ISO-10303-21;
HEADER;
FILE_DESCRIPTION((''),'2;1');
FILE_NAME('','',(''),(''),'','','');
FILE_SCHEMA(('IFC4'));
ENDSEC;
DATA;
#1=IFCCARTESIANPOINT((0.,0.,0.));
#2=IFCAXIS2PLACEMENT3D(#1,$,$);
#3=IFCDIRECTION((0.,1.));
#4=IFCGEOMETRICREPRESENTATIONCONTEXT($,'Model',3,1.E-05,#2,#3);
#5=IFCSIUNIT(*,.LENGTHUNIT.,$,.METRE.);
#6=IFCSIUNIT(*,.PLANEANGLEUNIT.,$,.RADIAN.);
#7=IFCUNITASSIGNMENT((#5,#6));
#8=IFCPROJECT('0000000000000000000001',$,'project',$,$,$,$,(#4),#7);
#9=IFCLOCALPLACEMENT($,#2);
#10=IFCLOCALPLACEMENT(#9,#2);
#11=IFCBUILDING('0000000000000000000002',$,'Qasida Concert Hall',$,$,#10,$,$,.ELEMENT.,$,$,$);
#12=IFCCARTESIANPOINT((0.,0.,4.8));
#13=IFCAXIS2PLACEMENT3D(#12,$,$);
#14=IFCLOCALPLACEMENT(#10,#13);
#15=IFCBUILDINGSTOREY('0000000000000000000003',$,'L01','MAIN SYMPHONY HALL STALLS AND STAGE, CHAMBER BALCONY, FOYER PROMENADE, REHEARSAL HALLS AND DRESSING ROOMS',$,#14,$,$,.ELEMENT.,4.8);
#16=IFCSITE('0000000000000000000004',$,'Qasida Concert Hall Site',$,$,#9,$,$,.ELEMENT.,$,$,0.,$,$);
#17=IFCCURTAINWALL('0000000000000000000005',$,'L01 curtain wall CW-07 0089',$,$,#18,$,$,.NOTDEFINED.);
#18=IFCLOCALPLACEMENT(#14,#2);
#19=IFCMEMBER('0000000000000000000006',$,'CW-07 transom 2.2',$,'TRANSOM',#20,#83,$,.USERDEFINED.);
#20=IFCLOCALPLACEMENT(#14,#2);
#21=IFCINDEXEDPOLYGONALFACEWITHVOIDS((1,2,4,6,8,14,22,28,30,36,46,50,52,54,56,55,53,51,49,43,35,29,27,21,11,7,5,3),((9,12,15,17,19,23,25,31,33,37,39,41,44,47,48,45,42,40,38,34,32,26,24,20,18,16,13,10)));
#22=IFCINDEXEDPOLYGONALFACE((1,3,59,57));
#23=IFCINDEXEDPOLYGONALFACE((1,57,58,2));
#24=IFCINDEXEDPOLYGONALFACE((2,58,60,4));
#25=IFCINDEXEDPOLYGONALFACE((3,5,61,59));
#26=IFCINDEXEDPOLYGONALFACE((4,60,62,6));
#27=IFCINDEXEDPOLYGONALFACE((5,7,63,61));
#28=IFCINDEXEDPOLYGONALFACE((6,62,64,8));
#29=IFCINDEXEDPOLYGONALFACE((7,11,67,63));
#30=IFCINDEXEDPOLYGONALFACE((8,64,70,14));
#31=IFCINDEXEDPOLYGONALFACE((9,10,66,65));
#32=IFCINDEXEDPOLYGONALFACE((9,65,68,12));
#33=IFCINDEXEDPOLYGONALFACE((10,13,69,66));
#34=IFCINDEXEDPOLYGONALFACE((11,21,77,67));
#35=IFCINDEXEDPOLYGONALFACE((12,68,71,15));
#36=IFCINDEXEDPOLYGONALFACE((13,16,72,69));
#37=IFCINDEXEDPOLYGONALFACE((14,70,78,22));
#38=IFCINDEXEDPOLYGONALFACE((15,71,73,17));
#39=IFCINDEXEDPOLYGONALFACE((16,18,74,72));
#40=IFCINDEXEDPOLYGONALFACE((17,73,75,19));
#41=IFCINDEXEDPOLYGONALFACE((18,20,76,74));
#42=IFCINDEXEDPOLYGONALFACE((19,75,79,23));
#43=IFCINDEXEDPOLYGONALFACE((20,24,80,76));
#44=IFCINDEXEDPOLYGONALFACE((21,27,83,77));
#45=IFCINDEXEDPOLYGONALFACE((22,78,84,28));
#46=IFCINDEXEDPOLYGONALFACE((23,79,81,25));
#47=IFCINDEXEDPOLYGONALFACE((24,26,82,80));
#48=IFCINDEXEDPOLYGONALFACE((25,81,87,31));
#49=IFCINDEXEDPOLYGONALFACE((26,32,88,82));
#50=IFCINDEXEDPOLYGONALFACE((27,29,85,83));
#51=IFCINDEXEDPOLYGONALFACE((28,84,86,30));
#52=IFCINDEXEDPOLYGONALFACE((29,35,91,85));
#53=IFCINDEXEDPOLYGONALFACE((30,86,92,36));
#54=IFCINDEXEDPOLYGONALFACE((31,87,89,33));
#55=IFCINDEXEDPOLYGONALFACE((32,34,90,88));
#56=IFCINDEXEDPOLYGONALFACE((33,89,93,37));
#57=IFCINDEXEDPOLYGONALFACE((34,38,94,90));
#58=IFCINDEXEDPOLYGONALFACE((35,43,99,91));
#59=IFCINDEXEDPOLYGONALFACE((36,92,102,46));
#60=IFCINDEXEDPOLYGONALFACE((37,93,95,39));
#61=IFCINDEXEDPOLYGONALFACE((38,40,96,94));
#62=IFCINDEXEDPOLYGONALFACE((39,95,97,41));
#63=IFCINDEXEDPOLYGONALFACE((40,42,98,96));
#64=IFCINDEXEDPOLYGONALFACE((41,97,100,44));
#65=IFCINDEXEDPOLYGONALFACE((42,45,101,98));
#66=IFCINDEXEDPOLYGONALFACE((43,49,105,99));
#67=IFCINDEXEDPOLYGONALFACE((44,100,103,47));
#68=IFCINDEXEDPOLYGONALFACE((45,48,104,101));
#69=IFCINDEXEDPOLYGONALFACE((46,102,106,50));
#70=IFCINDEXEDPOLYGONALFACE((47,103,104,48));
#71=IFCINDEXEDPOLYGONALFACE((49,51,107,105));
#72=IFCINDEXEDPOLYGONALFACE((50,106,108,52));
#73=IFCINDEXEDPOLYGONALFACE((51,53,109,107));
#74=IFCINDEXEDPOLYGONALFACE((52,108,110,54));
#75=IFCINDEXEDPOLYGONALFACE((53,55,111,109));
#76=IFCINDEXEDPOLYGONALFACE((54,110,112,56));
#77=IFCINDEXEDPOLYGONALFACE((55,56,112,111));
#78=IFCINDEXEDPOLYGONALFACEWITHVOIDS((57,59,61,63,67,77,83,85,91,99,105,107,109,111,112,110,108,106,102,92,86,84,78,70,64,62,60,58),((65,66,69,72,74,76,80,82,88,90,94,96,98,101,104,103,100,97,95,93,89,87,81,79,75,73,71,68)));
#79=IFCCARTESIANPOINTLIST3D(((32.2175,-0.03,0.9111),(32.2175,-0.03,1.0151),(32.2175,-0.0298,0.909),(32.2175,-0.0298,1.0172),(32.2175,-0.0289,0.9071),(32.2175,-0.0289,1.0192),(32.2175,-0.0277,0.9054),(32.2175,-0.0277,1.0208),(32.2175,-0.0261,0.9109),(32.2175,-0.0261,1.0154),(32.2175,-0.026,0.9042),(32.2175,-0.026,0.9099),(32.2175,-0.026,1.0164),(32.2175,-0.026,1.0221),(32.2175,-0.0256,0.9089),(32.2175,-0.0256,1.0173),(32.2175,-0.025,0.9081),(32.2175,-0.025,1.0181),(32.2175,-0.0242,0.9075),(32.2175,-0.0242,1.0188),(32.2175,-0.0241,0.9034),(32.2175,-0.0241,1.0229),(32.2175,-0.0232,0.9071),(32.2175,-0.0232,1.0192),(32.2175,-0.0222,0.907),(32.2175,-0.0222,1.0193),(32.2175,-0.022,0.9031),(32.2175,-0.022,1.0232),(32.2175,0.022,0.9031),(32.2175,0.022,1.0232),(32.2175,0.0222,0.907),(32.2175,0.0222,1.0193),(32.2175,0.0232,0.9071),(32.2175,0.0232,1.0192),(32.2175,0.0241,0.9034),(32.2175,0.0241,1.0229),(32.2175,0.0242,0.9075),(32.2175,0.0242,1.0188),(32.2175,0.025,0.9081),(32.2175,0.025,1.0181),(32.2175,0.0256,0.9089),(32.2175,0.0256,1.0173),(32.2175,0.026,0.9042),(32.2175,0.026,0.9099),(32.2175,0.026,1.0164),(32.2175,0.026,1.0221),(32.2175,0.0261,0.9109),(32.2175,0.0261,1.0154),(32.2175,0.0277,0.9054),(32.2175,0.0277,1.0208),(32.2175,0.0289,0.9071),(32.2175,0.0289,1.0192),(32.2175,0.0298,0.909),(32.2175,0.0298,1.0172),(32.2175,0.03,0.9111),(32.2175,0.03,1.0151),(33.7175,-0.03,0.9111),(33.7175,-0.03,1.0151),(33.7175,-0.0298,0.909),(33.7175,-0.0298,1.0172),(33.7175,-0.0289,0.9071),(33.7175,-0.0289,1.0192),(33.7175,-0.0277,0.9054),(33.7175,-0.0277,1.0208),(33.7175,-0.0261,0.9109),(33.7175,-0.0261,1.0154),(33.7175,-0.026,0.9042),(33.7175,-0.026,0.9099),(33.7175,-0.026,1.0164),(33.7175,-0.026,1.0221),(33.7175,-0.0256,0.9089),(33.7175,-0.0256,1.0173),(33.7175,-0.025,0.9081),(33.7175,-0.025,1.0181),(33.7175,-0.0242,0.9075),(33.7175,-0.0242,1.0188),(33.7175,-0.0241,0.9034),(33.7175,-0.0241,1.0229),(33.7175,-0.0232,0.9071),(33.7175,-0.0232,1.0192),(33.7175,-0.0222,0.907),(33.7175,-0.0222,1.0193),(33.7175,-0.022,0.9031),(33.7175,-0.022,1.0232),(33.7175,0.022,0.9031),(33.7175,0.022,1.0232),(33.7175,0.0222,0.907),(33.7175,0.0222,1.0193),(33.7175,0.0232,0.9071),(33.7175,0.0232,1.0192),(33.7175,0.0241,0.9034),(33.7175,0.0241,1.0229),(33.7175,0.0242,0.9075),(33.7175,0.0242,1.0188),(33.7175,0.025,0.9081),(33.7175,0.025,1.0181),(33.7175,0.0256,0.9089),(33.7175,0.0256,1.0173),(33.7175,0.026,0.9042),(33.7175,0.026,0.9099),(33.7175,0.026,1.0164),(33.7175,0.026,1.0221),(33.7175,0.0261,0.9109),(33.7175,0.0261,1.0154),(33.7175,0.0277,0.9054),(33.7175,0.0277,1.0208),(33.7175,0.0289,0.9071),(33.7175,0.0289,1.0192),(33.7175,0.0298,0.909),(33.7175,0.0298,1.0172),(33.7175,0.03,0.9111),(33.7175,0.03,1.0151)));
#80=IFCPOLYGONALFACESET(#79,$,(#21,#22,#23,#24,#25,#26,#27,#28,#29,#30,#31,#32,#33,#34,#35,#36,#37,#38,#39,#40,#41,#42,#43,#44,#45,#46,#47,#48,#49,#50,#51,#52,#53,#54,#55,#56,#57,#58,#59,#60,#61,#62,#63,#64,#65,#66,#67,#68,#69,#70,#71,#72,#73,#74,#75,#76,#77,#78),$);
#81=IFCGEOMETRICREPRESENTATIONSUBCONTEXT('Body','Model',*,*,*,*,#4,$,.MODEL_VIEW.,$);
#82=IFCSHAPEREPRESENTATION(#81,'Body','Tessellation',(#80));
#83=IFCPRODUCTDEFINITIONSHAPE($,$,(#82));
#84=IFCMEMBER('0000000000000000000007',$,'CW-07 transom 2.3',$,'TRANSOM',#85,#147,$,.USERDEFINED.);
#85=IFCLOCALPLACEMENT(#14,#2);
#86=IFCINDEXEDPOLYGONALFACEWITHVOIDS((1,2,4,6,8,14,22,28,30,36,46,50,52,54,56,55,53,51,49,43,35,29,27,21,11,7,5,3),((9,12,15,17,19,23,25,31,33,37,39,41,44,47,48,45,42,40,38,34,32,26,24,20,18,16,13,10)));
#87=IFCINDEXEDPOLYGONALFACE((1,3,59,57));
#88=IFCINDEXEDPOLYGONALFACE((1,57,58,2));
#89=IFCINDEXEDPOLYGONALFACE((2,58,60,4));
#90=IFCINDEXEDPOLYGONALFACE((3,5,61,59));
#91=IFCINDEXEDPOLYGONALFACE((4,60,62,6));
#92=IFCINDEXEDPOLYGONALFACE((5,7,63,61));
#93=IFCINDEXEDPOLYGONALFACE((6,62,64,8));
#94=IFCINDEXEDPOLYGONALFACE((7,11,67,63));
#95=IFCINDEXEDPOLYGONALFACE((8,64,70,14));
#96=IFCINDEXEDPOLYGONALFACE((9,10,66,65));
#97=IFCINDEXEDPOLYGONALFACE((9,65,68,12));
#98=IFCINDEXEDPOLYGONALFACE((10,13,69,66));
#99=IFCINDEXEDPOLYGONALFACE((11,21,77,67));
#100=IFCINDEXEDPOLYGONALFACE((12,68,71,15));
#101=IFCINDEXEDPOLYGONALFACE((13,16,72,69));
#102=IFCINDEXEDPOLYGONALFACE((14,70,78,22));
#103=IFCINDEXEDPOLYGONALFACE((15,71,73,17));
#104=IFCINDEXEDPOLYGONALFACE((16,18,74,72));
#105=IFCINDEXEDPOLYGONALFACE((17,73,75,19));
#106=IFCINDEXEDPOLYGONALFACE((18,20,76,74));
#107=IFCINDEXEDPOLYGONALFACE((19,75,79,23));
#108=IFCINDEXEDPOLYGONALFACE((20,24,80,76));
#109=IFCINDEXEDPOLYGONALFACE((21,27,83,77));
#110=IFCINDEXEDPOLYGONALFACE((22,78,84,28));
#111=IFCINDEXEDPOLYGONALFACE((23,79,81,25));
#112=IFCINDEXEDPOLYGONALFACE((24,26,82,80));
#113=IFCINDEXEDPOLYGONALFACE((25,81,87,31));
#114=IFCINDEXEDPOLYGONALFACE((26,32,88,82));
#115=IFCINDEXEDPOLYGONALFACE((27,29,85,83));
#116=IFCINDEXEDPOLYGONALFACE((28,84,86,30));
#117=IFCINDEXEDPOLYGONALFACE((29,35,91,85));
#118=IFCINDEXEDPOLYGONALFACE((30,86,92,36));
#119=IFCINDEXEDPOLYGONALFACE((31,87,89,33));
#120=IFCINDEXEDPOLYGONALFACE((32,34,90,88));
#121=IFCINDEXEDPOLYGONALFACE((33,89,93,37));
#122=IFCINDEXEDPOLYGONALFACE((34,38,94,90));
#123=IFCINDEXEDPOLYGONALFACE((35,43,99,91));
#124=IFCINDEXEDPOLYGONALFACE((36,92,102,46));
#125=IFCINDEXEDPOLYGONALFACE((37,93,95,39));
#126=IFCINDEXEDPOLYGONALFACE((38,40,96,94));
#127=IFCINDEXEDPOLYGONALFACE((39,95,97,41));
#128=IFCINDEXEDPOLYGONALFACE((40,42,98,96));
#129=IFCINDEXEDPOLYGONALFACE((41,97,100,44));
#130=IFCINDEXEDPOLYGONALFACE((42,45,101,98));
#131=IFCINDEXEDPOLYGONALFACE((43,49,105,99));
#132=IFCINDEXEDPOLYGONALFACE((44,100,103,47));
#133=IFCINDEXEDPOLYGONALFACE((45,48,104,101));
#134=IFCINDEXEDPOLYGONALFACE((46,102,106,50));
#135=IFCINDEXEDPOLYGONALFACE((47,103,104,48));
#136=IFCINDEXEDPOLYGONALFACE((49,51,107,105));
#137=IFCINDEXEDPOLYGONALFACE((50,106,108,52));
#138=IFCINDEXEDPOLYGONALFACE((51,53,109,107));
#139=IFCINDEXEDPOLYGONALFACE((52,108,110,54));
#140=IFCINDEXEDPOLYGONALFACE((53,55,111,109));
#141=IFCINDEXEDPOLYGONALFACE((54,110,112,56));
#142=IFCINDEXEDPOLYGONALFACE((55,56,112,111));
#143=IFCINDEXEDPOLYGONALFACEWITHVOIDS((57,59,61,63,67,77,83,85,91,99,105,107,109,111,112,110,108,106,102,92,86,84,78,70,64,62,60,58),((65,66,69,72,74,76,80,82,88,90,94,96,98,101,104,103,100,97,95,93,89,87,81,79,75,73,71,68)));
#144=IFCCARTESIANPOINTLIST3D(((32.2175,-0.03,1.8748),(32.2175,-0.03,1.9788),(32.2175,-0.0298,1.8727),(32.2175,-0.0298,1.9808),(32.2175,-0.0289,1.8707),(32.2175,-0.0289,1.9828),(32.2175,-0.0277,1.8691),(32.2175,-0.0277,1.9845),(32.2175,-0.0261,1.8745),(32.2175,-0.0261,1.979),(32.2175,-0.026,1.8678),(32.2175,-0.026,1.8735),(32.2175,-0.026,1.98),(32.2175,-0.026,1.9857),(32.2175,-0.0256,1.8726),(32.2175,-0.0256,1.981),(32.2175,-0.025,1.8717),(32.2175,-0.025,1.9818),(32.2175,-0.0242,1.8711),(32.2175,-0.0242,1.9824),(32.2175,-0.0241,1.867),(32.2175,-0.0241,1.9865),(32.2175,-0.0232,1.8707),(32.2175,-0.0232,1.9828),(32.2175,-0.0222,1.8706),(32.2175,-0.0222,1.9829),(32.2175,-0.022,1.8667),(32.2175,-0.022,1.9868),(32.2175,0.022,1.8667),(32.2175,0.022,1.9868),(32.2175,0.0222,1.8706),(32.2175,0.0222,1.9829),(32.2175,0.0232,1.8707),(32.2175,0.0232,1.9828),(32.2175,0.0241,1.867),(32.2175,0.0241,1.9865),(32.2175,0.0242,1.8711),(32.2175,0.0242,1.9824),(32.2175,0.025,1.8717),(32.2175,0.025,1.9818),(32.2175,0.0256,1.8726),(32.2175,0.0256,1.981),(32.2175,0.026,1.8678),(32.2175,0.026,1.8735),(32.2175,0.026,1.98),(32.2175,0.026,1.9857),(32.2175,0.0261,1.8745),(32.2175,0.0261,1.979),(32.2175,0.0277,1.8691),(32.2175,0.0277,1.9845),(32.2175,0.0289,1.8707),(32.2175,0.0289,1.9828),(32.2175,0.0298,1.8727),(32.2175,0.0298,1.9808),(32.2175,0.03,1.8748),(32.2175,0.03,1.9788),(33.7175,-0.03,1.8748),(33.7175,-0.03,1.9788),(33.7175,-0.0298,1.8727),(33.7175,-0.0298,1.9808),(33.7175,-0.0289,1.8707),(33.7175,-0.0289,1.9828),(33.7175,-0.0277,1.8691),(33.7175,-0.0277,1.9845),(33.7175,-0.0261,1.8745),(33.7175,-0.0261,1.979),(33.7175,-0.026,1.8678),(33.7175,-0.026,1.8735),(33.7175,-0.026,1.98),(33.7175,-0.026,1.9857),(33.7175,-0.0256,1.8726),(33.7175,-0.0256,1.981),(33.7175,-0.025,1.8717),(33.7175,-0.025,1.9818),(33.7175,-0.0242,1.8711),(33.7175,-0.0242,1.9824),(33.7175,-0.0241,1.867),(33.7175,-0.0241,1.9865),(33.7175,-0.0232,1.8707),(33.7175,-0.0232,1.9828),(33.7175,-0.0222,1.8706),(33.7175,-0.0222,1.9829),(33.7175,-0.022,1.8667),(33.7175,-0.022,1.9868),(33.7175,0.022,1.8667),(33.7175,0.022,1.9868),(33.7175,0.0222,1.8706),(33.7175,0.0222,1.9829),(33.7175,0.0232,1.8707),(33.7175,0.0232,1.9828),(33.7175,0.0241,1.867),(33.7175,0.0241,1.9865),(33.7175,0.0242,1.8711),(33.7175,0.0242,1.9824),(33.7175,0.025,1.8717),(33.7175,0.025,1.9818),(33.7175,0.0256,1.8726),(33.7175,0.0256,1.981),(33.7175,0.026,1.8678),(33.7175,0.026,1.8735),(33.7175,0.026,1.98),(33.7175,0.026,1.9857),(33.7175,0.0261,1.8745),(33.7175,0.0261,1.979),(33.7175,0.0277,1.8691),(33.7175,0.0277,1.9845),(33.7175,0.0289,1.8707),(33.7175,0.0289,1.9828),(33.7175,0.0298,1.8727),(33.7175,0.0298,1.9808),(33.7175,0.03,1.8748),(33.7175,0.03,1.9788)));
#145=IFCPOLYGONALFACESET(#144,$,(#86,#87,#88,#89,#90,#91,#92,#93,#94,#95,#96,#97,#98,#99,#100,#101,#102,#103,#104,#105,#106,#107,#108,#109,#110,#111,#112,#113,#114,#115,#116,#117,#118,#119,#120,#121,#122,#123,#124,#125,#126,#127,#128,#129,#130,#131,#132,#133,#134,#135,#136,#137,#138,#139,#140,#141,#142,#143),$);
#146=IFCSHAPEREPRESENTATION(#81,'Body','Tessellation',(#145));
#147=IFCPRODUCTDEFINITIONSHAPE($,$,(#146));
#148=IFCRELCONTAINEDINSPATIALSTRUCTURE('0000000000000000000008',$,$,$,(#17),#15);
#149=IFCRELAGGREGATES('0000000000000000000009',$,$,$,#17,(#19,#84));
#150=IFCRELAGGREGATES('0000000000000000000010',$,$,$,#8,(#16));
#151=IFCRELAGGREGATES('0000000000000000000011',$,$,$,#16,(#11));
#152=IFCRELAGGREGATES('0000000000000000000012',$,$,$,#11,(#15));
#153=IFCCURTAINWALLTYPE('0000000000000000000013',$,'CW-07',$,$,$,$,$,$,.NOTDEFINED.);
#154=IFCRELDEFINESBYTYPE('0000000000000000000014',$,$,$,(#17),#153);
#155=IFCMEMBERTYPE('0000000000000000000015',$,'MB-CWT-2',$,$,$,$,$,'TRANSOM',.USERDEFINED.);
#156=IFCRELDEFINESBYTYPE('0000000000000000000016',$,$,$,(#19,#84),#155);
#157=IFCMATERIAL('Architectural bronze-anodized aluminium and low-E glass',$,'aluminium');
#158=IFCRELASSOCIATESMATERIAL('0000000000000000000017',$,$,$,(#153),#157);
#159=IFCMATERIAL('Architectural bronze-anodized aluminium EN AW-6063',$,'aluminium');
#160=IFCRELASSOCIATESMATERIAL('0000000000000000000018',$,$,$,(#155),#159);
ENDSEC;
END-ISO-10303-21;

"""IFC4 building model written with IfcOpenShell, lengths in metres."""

from ifc_helpers import new_model, si_unit, direction, frame, origin, origin_2d, place, context, subcontext, project, spatial, hollow_rectangle, extrude, material, material_profile, profile_set, type_object, element, aggregate, save


model = new_model("IFC4")

# Units and contexts
model_context = context("Model", 3, precision=1e-05, world=origin(), true_north=direction((0.0, 1.0)))
body_context = subcontext(model_context, "Body", "Model", "MODEL_VIEW")
ifc_project = project(units=[si_unit("LENGTHUNIT", "METRE"), si_unit("PLANEANGLEUNIT", "RADIAN")], contexts=[model_context])

# Site, building, storey
site_placement = place(None, origin())
site = spatial("IfcSite", under=ifc_project, at=site_placement, Name="Qasida Concert Hall Site", CompositionType="ELEMENT", RefElevation=0.0)
building_placement = place(site_placement, origin())
building = spatial("IfcBuilding", under=site, at=building_placement, Name="Qasida Concert Hall", CompositionType="ELEMENT")
storey_placement = place(building_placement, frame((0.0, 0.0, 4.8)))
storey = spatial("IfcBuildingStorey", under=building, at=storey_placement, Name="L01", Description="MAIN SYMPHONY HALL STALLS AND STAGE, CHAMBER BALCONY, FOYER PROMENADE, REHEARSAL HALLS AND DRESSING ROOMS", CompositionType="ELEMENT", Elevation=4.8)

# Curtain wall, members
ifc_material_1 = material(Name="Architectural bronze-anodized aluminium and low-E glass", Category="aluminium")
curtain_wall_type = type_object("IfcCurtainWallType", Name="CW-07", PredefinedType="NOTDEFINED", material=ifc_material_1)
curtain_wall_placement = place(storey_placement, origin())
curtain_wall = element("IfcCurtainWall", 1, at=curtain_wall_placement, inside=storey, type_object=curtain_wall_type, Name="L01 curtain wall CW-07 0089", PredefinedType="NOTDEFINED")
ifc_material_2 = material(Name="Architectural bronze-anodized aluminium EN AW-6063", Category="aluminium")
ifc_material_profile_1 = material_profile(ifc_material_2, hollow_rectangle(XDim=0.0601, YDim=0.1201, WallThickness=0.0039, InnerFilletRadius=0.0039, OuterFilletRadius=0.0081, at=origin_2d()), Name="CWT 120x60x4")
ifc_profile_set_1 = profile_set([ifc_material_profile_1], Name="Architectural bronze-anodized aluminium EN AW-6063")
member_type_1 = type_object("IfcMemberType", Name="MB-CWT-2", ElementType="TRANSOM", PredefinedType="USERDEFINED", material=ifc_profile_set_1)
member_1_placement = place(storey_placement, frame((32.2175, 0.0, 0.9631), z_axis=(1.0, 0.0, 0.0), x_axis=(0.0, 1.0, 0.0)))
member_1 = element("IfcMember", 2, at=member_1_placement, type_object=member_type_1, Name="CW-07 transom 2.2", ObjectType="TRANSOM", PredefinedType="USERDEFINED", context=body_context, shape_type="SweptSolid", body=[
    extrude(hollow_rectangle(XDim=0.0601, YDim=0.1201, WallThickness=0.0039, InnerFilletRadius=0.0039, OuterFilletRadius=0.0081, at=origin_2d()), origin(), (0.0, 0.0, 1.0), 1.5),
])
member_2_placement = place(storey_placement, frame((32.2175, 0.0, 1.9268), z_axis=(1.0, 0.0, 0.0), x_axis=(0.0, 1.0, 0.0)))
member_2 = element("IfcMember", 3, at=member_2_placement, type_object=member_type_1, Name="CW-07 transom 2.3", ObjectType="TRANSOM", PredefinedType="USERDEFINED", context=body_context, shape_type="SweptSolid", body=[
    extrude(hollow_rectangle(XDim=0.0601, YDim=0.1201, WallThickness=0.0039, InnerFilletRadius=0.0039, OuterFilletRadius=0.0081, at=origin_2d()), origin(), (0.0, 0.0, 1.0), 1.5),
])
aggregate(curtain_wall, [member_1, member_2])

save(model, "model.ifc")
